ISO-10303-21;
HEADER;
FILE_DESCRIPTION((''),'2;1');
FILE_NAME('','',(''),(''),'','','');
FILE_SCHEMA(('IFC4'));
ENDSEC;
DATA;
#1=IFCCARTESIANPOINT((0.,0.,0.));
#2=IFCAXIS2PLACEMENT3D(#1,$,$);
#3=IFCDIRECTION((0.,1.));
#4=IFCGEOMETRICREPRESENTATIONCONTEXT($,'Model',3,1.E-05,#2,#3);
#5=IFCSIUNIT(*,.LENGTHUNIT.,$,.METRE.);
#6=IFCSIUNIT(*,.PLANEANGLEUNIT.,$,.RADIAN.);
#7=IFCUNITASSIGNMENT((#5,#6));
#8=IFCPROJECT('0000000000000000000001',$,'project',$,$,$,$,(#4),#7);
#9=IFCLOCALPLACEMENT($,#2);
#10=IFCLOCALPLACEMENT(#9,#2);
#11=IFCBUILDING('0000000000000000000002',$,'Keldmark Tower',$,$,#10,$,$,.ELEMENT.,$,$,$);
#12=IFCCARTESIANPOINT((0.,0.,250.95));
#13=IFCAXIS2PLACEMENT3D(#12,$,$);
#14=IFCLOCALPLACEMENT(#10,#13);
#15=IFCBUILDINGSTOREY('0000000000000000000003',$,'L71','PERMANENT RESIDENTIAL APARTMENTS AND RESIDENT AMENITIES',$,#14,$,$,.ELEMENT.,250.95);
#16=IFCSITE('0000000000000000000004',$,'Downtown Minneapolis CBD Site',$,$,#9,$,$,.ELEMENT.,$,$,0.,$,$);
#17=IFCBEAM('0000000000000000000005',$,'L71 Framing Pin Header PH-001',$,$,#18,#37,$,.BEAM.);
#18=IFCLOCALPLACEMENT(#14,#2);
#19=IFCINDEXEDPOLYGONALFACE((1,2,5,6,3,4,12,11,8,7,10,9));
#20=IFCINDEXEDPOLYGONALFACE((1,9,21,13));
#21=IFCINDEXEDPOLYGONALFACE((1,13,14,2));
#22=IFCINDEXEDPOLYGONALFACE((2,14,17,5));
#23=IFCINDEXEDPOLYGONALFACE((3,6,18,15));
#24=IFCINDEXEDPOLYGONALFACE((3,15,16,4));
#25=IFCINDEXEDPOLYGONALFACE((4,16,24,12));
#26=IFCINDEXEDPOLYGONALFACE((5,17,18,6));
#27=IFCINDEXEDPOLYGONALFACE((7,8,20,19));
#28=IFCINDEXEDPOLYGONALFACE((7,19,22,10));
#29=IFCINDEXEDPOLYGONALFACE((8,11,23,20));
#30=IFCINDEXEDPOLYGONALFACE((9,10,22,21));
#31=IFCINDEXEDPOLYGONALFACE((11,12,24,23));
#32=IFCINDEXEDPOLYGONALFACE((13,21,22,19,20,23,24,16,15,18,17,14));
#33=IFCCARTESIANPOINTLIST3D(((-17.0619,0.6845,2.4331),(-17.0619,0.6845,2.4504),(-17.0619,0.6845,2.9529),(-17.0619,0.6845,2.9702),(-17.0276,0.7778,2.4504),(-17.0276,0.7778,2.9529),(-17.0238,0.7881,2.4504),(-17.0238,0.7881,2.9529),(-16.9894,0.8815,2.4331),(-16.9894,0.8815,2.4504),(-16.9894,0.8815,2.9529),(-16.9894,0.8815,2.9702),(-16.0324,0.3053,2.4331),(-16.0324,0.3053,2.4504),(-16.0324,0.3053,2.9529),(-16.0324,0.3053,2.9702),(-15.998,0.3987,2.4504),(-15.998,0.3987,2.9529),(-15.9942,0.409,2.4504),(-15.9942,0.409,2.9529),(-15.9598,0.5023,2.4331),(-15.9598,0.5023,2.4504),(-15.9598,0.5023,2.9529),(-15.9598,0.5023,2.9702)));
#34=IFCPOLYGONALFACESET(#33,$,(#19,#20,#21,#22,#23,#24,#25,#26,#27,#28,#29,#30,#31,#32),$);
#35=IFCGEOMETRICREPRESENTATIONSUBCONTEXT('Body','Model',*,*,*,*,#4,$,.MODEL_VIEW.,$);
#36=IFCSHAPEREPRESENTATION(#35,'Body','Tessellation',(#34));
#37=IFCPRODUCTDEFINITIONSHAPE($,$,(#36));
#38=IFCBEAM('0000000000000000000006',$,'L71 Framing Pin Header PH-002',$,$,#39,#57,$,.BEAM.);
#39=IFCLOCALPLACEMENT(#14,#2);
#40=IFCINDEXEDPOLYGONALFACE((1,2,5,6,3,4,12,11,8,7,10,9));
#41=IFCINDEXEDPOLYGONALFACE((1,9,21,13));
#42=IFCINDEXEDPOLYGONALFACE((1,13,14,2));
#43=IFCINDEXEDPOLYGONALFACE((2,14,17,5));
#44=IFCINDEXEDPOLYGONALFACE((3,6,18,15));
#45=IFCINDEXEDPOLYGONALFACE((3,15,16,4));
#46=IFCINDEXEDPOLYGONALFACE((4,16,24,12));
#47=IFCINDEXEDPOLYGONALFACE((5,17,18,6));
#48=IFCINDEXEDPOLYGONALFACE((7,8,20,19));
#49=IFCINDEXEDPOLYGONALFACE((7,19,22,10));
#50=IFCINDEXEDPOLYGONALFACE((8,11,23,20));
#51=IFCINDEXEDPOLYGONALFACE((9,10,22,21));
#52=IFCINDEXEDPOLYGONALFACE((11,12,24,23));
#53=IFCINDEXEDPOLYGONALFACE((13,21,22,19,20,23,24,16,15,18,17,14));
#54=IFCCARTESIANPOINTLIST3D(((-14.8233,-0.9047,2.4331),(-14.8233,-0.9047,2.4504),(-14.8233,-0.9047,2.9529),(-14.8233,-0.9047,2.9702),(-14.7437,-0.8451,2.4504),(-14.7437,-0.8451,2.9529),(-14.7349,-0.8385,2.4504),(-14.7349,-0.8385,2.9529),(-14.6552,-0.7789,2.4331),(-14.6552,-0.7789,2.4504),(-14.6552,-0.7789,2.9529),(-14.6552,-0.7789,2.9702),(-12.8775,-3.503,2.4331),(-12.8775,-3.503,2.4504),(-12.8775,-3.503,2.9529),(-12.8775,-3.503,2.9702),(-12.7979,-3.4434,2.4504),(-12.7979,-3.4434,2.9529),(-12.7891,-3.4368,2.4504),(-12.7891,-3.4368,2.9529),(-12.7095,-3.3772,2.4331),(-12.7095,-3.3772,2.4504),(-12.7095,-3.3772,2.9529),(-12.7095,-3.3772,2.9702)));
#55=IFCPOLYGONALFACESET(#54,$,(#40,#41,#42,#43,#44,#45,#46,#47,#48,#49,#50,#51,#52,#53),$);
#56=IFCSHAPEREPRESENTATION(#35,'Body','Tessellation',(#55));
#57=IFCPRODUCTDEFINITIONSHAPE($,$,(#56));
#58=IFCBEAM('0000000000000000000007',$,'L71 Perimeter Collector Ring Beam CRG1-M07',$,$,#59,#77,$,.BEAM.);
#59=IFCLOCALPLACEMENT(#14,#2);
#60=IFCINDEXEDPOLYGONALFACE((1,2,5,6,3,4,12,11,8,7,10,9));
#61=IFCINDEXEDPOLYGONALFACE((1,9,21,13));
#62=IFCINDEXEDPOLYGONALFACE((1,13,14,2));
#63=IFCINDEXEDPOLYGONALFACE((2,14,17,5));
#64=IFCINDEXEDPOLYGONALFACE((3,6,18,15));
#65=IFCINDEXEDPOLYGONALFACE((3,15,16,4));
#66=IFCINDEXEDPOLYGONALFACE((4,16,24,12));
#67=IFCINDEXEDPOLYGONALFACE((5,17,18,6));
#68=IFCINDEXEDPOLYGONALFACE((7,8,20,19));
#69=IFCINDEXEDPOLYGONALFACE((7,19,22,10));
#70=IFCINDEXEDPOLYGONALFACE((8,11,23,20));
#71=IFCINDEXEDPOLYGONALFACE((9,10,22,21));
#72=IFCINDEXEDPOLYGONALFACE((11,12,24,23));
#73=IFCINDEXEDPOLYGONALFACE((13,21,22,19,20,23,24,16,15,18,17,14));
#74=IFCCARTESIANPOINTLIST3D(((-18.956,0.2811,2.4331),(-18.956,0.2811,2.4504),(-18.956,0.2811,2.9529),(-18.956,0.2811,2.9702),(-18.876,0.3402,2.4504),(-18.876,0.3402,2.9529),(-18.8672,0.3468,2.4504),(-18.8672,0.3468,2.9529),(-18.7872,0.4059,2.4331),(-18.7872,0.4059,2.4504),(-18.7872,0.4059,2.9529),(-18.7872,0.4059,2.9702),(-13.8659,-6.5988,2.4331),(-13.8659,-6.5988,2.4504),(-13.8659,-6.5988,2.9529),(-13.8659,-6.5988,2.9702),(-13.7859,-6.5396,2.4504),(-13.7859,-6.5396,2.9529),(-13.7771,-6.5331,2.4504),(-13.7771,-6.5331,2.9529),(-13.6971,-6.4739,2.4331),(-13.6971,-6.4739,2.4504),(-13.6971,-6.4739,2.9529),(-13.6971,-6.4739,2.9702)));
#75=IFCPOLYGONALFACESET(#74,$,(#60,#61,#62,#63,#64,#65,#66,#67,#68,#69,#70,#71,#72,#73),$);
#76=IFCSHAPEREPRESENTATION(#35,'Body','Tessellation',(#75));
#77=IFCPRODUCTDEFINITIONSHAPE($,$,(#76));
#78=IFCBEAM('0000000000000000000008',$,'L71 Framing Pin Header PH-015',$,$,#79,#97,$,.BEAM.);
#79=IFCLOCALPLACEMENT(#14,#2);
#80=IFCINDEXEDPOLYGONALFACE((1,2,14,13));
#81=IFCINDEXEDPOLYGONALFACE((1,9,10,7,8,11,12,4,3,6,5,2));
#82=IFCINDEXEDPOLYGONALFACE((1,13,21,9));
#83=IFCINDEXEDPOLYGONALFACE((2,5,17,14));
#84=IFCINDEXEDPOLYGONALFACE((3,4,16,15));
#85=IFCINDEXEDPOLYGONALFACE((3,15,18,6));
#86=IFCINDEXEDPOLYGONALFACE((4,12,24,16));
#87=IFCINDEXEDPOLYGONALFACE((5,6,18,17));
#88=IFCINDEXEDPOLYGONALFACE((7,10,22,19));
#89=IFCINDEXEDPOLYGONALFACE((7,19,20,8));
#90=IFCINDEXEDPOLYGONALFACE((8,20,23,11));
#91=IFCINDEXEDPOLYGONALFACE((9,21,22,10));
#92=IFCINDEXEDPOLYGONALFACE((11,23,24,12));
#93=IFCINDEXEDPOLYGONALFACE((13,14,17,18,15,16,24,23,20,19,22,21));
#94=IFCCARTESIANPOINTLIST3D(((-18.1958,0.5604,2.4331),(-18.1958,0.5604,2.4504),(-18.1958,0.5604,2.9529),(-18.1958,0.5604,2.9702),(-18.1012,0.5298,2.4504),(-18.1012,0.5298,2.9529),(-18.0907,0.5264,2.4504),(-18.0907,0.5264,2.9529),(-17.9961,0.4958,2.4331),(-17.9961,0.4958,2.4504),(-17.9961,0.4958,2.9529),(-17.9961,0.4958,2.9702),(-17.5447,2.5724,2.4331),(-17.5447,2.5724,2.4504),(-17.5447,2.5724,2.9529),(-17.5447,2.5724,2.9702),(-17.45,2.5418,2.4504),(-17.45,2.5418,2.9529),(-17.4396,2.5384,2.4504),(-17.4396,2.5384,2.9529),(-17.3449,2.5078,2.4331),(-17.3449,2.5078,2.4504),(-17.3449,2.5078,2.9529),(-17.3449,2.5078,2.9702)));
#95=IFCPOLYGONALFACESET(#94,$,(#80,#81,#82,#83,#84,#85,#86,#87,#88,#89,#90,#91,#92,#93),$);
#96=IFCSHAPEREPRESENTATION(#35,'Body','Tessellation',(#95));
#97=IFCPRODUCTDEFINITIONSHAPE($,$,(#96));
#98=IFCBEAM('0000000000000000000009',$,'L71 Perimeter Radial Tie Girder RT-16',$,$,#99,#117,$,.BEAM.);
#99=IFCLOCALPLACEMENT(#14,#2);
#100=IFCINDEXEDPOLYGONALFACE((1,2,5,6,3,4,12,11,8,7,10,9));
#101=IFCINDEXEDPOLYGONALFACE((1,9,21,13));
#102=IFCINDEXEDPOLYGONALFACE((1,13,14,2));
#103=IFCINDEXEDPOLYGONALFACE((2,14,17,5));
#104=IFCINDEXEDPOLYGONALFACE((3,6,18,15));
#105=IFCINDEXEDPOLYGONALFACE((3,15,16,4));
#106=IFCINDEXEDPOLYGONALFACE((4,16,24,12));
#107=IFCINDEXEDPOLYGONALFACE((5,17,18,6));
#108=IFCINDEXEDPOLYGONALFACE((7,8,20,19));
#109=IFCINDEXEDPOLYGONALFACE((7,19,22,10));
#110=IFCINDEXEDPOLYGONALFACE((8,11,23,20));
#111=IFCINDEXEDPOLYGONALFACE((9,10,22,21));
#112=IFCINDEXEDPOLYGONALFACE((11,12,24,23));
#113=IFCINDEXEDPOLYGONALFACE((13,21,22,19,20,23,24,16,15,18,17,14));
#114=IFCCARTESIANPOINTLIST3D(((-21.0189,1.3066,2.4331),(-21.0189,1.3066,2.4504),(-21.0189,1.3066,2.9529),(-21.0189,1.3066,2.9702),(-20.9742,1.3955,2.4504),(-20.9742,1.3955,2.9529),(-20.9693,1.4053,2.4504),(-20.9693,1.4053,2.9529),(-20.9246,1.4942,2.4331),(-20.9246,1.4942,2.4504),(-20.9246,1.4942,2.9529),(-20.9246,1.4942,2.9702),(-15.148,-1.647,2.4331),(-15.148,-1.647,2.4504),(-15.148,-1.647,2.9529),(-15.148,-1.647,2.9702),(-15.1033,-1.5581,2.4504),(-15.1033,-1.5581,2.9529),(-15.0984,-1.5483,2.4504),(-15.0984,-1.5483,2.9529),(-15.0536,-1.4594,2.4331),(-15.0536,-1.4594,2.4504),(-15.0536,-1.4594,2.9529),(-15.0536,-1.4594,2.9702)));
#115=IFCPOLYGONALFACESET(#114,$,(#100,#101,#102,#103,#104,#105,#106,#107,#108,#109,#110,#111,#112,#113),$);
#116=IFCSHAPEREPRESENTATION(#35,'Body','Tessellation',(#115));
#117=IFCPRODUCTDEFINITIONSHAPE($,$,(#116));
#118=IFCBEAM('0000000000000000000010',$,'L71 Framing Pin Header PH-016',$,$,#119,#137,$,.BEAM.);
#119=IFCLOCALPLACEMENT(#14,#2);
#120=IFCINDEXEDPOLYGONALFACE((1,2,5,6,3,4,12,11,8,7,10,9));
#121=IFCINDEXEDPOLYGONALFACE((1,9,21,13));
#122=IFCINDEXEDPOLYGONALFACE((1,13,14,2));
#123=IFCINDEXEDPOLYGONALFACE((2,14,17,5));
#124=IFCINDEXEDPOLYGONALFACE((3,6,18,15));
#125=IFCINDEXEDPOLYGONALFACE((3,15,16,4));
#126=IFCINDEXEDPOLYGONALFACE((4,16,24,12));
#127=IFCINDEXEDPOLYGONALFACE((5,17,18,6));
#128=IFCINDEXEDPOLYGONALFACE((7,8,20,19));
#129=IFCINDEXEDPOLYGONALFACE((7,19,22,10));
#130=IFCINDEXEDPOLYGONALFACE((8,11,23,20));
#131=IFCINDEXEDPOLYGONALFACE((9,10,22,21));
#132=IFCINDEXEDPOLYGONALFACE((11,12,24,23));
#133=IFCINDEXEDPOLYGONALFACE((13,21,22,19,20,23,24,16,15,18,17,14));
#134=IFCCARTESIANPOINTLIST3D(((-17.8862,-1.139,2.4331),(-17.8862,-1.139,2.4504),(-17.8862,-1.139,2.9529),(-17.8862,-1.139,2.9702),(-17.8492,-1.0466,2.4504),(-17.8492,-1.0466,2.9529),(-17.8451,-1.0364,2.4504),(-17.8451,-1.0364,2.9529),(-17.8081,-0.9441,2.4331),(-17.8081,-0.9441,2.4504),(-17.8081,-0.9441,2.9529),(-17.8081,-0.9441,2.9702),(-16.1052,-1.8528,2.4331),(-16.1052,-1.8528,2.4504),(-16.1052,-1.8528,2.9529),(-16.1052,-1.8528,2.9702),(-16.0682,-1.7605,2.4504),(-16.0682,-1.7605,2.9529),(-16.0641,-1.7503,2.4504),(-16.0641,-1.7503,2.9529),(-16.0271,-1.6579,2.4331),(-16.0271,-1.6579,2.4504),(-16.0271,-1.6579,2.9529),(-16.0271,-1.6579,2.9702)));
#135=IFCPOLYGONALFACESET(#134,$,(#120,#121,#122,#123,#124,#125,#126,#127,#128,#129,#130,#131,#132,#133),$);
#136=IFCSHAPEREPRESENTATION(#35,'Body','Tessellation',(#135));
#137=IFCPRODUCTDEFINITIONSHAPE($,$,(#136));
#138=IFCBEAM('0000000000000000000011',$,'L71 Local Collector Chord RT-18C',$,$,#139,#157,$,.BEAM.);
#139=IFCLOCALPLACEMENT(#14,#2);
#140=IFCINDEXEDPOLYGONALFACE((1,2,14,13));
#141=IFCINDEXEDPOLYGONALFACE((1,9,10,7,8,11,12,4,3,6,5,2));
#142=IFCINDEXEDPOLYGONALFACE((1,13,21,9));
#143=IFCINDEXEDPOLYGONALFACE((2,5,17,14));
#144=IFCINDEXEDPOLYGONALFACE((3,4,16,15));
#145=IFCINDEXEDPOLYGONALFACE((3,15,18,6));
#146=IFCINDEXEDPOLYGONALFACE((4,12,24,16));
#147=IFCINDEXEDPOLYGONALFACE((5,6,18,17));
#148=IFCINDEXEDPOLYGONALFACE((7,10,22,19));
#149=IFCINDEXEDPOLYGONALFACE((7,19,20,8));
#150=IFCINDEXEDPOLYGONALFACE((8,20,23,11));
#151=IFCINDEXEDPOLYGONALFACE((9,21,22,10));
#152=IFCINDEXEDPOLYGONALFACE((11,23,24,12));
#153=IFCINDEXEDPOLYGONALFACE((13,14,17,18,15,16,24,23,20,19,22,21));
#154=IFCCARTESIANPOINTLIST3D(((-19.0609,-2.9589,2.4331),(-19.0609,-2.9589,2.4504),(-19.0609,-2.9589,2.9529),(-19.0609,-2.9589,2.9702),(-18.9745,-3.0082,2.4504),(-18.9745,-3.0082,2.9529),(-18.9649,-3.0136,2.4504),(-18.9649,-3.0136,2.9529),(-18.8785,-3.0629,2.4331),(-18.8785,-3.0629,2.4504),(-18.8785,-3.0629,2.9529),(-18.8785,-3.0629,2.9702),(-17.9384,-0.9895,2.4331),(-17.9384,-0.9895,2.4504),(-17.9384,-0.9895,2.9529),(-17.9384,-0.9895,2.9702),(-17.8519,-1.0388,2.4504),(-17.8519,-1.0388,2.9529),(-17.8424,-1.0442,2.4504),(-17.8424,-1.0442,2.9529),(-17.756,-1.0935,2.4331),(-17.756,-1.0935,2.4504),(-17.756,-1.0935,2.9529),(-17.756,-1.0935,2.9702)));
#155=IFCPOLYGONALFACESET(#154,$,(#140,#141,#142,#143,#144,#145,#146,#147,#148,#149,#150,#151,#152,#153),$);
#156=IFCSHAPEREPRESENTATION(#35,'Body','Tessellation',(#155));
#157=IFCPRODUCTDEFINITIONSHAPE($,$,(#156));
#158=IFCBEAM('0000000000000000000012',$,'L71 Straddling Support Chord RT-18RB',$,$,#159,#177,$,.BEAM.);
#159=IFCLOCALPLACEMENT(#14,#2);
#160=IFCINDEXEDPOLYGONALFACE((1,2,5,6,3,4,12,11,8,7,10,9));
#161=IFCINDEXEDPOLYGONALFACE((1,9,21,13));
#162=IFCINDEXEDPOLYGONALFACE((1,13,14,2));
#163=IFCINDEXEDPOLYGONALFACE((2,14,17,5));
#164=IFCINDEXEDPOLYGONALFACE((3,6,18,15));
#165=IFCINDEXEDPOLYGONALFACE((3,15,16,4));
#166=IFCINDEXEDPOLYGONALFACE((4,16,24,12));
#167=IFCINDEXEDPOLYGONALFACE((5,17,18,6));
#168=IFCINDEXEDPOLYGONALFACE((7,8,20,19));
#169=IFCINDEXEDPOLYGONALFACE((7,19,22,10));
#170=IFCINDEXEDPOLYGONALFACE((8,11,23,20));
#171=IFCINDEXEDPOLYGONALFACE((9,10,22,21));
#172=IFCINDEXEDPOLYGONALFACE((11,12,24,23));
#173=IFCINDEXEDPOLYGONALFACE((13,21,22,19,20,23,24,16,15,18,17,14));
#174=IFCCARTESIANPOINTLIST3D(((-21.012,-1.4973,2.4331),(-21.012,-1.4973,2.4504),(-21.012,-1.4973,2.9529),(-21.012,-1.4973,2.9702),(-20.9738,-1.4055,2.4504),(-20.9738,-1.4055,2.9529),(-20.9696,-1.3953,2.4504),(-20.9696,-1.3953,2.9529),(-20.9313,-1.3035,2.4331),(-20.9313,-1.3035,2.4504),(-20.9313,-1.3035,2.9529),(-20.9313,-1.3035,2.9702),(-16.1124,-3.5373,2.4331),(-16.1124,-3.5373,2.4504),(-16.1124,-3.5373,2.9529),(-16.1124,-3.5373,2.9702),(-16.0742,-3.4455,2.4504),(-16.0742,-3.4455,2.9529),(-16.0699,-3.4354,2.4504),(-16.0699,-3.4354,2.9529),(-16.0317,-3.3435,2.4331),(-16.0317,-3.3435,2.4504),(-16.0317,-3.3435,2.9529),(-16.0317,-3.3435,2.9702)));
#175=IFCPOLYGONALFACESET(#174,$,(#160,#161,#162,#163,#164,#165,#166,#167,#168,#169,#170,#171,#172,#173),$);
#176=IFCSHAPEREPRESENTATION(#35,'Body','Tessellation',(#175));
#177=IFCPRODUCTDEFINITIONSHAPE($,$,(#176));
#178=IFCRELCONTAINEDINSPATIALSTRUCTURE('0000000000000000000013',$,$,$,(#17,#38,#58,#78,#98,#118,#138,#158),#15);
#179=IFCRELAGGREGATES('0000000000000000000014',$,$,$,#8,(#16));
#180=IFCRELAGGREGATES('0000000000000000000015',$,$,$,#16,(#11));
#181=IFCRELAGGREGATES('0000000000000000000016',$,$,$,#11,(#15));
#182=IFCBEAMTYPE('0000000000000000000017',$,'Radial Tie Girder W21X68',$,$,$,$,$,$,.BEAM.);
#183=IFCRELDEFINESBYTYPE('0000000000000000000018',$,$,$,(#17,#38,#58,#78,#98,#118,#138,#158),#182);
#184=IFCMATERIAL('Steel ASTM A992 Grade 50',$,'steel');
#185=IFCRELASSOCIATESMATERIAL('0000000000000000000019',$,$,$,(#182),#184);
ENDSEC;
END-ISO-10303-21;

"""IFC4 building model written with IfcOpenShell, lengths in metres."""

from ifc_helpers import new_model, si_unit, direction, frame, origin, origin_2d, place, context, subcontext, project, spatial, i_section, extrude, material, material_profile, profile_set, type_object, element, save


model = new_model("IFC4")

# Units and contexts
model_context = context("Model", 3, precision=1e-05, world=origin(), true_north=direction((0.0, 1.0)))
body_context = subcontext(model_context, "Body", "Model", "MODEL_VIEW")
ifc_project = project(units=[si_unit("LENGTHUNIT", "METRE"), si_unit("PLANEANGLEUNIT", "RADIAN")], contexts=[model_context])

# Site, building, storey
site_placement = place(None, origin())
site = spatial("IfcSite", under=ifc_project, at=site_placement, Name="Downtown Minneapolis CBD Site", CompositionType="ELEMENT", RefElevation=0.0)
building_placement = place(site_placement, origin())
building = spatial("IfcBuilding", under=site, at=building_placement, Name="Keldmark Tower", CompositionType="ELEMENT")
storey_placement = place(building_placement, frame((0.0, 0.0, 250.95)))
storey = spatial("IfcBuildingStorey", under=building, at=storey_placement, Name="L71", Description="PERMANENT RESIDENTIAL APARTMENTS AND RESIDENT AMENITIES", CompositionType="ELEMENT", Elevation=250.95)

# Beams
ifc_material_1 = material(Name="Steel ASTM A992 Grade 50", Category="steel")
ifc_material_profile_1 = material_profile(ifc_material_1, i_section(OverallWidth=0.21, OverallDepth=0.5371, WebThickness=0.011, FlangeThickness=0.0173, at=origin_2d()), Name="W21X68")
ifc_profile_set_1 = profile_set([ifc_material_profile_1], Name="Steel ASTM A992 Grade 50")
beam_type_1 = type_object("IfcBeamType", Name="Radial Tie Girder W21X68", PredefinedType="BEAM", material=ifc_profile_set_1)
beam_1_placement = place(storey_placement, frame((-15.9961, 0.4038, 2.7017), z_axis=(-0.938389, 0.345582, 0.0), x_axis=(-0.345582, -0.938389, 0.0)))
element("IfcBeam", 1, at=beam_1_placement, inside=storey, type_object=beam_type_1, Name="L71 Framing Pin Header PH-001", PredefinedType="BEAM", context=body_context, shape_type="SweptSolid", body=[
    extrude(i_section(OverallWidth=0.21, OverallDepth=0.5371, WebThickness=0.011, FlangeThickness=0.0173, at=origin_2d()), origin(), (0.0, 0.0, 1.0), 1.0972),
])
beam_2_placement = place(storey_placement, frame((-14.7393, -0.8418, 2.7017), z_axis=(0.59941, -0.800442, 0.0), x_axis=(0.800442, 0.59941, 0.0)))
element("IfcBeam", 2, at=beam_2_placement, inside=storey, type_object=beam_type_1, Name="L71 Framing Pin Header PH-002", PredefinedType="BEAM", context=body_context, shape_type="SweptSolid", body=[
    extrude(i_section(OverallWidth=0.21, OverallDepth=0.5371, WebThickness=0.011, FlangeThickness=0.0173, at=origin_2d()), origin(), (0.0, 0.0, 1.0), 3.2461),
])
beam_3_placement = place(storey_placement, frame((-18.8716, 0.3435, 2.7017), z_axis=(0.594766, -0.803899, 0.0), x_axis=(0.803899, 0.594766, 0.0)))
element("IfcBeam", 3, at=beam_3_placement, inside=storey, type_object=beam_type_1, Name="L71 Perimeter Collector Ring Beam CRG1-M07", PredefinedType="BEAM", context=body_context, shape_type="SweptSolid", body=[
    extrude(i_section(OverallWidth=0.21, OverallDepth=0.5371, WebThickness=0.011, FlangeThickness=0.0173, at=origin_2d()), origin(), (0.0, 0.0, 1.0), 8.5581),
])
beam_4_placement = place(storey_placement, frame((-18.0959, 0.5281, 2.7017), z_axis=(0.307903, 0.951418, 0.0), x_axis=(-0.951418, 0.307903, 0.0)))
element("IfcBeam", 4, at=beam_4_placement, inside=storey, type_object=beam_type_1, Name="L71 Framing Pin Header PH-015", PredefinedType="BEAM", context=body_context, shape_type="SweptSolid", body=[
    extrude(i_section(OverallWidth=0.21, OverallDepth=0.5371, WebThickness=0.011, FlangeThickness=0.0173, at=origin_2d()), origin(), (0.0, 0.0, 1.0), 2.1147),
])
beam_5_placement = place(storey_placement, frame((-15.1008, -1.5532, 2.7017), z_axis=(-0.893317, 0.449426, 0.0), x_axis=(-0.449426, -0.893317, 0.0)))
element("IfcBeam", 5, at=beam_5_placement, inside=storey, type_object=beam_type_1, Name="L71 Perimeter Radial Tie Girder RT-16", PredefinedType="BEAM", context=body_context, shape_type="SweptSolid", body=[
    extrude(i_section(OverallWidth=0.21, OverallDepth=0.5371, WebThickness=0.011, FlangeThickness=0.0173, at=origin_2d()), origin(), (0.0, 0.0, 1.0), 6.572),
])
beam_6_placement = place(storey_placement, frame((-16.0662, -1.7554, 2.7017), z_axis=(-0.928213, 0.372049, 0.0), x_axis=(-0.372049, -0.928213, 0.0)))
element("IfcBeam", 6, at=beam_6_placement, inside=storey, type_object=beam_type_1, Name="L71 Framing Pin Header PH-016", PredefinedType="BEAM", context=body_context, shape_type="SweptSolid", body=[
    extrude(i_section(OverallWidth=0.21, OverallDepth=0.5371, WebThickness=0.011, FlangeThickness=0.0173, at=origin_2d()), origin(), (0.0, 0.0, 1.0), 1.9187),
])
beam_7_placement = place(storey_placement, frame((-17.8472, -1.0415, 2.7017), z_axis=(-0.495188, -0.868786, 0.0), x_axis=(0.868786, -0.495188, 0.0)))
element("IfcBeam", 7, at=beam_7_placement, inside=storey, type_object=beam_type_1, Name="L71 Local Collector Chord RT-18C", PredefinedType="BEAM", context=body_context, shape_type="SweptSolid", body=[
    extrude(i_section(OverallWidth=0.21, OverallDepth=0.5371, WebThickness=0.011, FlangeThickness=0.0173, at=origin_2d()), origin(), (0.0, 0.0, 1.0), 2.2668),
])
beam_8_placement = place(storey_placement, frame((-20.9717, -1.4004, 2.7017), z_axis=(0.923176, -0.384377, 0.0), x_axis=(0.384377, 0.923176, 0.0)))
element("IfcBeam", 8, at=beam_8_placement, inside=storey, type_object=beam_type_1, Name="L71 Straddling Support Chord RT-18RB", PredefinedType="BEAM", context=body_context, shape_type="SweptSolid", body=[
    extrude(i_section(OverallWidth=0.21, OverallDepth=0.5371, WebThickness=0.011, FlangeThickness=0.0173, at=origin_2d()), origin(), (0.0, 0.0, 1.0), 5.3074),
])

save(model, "model.ifc")
